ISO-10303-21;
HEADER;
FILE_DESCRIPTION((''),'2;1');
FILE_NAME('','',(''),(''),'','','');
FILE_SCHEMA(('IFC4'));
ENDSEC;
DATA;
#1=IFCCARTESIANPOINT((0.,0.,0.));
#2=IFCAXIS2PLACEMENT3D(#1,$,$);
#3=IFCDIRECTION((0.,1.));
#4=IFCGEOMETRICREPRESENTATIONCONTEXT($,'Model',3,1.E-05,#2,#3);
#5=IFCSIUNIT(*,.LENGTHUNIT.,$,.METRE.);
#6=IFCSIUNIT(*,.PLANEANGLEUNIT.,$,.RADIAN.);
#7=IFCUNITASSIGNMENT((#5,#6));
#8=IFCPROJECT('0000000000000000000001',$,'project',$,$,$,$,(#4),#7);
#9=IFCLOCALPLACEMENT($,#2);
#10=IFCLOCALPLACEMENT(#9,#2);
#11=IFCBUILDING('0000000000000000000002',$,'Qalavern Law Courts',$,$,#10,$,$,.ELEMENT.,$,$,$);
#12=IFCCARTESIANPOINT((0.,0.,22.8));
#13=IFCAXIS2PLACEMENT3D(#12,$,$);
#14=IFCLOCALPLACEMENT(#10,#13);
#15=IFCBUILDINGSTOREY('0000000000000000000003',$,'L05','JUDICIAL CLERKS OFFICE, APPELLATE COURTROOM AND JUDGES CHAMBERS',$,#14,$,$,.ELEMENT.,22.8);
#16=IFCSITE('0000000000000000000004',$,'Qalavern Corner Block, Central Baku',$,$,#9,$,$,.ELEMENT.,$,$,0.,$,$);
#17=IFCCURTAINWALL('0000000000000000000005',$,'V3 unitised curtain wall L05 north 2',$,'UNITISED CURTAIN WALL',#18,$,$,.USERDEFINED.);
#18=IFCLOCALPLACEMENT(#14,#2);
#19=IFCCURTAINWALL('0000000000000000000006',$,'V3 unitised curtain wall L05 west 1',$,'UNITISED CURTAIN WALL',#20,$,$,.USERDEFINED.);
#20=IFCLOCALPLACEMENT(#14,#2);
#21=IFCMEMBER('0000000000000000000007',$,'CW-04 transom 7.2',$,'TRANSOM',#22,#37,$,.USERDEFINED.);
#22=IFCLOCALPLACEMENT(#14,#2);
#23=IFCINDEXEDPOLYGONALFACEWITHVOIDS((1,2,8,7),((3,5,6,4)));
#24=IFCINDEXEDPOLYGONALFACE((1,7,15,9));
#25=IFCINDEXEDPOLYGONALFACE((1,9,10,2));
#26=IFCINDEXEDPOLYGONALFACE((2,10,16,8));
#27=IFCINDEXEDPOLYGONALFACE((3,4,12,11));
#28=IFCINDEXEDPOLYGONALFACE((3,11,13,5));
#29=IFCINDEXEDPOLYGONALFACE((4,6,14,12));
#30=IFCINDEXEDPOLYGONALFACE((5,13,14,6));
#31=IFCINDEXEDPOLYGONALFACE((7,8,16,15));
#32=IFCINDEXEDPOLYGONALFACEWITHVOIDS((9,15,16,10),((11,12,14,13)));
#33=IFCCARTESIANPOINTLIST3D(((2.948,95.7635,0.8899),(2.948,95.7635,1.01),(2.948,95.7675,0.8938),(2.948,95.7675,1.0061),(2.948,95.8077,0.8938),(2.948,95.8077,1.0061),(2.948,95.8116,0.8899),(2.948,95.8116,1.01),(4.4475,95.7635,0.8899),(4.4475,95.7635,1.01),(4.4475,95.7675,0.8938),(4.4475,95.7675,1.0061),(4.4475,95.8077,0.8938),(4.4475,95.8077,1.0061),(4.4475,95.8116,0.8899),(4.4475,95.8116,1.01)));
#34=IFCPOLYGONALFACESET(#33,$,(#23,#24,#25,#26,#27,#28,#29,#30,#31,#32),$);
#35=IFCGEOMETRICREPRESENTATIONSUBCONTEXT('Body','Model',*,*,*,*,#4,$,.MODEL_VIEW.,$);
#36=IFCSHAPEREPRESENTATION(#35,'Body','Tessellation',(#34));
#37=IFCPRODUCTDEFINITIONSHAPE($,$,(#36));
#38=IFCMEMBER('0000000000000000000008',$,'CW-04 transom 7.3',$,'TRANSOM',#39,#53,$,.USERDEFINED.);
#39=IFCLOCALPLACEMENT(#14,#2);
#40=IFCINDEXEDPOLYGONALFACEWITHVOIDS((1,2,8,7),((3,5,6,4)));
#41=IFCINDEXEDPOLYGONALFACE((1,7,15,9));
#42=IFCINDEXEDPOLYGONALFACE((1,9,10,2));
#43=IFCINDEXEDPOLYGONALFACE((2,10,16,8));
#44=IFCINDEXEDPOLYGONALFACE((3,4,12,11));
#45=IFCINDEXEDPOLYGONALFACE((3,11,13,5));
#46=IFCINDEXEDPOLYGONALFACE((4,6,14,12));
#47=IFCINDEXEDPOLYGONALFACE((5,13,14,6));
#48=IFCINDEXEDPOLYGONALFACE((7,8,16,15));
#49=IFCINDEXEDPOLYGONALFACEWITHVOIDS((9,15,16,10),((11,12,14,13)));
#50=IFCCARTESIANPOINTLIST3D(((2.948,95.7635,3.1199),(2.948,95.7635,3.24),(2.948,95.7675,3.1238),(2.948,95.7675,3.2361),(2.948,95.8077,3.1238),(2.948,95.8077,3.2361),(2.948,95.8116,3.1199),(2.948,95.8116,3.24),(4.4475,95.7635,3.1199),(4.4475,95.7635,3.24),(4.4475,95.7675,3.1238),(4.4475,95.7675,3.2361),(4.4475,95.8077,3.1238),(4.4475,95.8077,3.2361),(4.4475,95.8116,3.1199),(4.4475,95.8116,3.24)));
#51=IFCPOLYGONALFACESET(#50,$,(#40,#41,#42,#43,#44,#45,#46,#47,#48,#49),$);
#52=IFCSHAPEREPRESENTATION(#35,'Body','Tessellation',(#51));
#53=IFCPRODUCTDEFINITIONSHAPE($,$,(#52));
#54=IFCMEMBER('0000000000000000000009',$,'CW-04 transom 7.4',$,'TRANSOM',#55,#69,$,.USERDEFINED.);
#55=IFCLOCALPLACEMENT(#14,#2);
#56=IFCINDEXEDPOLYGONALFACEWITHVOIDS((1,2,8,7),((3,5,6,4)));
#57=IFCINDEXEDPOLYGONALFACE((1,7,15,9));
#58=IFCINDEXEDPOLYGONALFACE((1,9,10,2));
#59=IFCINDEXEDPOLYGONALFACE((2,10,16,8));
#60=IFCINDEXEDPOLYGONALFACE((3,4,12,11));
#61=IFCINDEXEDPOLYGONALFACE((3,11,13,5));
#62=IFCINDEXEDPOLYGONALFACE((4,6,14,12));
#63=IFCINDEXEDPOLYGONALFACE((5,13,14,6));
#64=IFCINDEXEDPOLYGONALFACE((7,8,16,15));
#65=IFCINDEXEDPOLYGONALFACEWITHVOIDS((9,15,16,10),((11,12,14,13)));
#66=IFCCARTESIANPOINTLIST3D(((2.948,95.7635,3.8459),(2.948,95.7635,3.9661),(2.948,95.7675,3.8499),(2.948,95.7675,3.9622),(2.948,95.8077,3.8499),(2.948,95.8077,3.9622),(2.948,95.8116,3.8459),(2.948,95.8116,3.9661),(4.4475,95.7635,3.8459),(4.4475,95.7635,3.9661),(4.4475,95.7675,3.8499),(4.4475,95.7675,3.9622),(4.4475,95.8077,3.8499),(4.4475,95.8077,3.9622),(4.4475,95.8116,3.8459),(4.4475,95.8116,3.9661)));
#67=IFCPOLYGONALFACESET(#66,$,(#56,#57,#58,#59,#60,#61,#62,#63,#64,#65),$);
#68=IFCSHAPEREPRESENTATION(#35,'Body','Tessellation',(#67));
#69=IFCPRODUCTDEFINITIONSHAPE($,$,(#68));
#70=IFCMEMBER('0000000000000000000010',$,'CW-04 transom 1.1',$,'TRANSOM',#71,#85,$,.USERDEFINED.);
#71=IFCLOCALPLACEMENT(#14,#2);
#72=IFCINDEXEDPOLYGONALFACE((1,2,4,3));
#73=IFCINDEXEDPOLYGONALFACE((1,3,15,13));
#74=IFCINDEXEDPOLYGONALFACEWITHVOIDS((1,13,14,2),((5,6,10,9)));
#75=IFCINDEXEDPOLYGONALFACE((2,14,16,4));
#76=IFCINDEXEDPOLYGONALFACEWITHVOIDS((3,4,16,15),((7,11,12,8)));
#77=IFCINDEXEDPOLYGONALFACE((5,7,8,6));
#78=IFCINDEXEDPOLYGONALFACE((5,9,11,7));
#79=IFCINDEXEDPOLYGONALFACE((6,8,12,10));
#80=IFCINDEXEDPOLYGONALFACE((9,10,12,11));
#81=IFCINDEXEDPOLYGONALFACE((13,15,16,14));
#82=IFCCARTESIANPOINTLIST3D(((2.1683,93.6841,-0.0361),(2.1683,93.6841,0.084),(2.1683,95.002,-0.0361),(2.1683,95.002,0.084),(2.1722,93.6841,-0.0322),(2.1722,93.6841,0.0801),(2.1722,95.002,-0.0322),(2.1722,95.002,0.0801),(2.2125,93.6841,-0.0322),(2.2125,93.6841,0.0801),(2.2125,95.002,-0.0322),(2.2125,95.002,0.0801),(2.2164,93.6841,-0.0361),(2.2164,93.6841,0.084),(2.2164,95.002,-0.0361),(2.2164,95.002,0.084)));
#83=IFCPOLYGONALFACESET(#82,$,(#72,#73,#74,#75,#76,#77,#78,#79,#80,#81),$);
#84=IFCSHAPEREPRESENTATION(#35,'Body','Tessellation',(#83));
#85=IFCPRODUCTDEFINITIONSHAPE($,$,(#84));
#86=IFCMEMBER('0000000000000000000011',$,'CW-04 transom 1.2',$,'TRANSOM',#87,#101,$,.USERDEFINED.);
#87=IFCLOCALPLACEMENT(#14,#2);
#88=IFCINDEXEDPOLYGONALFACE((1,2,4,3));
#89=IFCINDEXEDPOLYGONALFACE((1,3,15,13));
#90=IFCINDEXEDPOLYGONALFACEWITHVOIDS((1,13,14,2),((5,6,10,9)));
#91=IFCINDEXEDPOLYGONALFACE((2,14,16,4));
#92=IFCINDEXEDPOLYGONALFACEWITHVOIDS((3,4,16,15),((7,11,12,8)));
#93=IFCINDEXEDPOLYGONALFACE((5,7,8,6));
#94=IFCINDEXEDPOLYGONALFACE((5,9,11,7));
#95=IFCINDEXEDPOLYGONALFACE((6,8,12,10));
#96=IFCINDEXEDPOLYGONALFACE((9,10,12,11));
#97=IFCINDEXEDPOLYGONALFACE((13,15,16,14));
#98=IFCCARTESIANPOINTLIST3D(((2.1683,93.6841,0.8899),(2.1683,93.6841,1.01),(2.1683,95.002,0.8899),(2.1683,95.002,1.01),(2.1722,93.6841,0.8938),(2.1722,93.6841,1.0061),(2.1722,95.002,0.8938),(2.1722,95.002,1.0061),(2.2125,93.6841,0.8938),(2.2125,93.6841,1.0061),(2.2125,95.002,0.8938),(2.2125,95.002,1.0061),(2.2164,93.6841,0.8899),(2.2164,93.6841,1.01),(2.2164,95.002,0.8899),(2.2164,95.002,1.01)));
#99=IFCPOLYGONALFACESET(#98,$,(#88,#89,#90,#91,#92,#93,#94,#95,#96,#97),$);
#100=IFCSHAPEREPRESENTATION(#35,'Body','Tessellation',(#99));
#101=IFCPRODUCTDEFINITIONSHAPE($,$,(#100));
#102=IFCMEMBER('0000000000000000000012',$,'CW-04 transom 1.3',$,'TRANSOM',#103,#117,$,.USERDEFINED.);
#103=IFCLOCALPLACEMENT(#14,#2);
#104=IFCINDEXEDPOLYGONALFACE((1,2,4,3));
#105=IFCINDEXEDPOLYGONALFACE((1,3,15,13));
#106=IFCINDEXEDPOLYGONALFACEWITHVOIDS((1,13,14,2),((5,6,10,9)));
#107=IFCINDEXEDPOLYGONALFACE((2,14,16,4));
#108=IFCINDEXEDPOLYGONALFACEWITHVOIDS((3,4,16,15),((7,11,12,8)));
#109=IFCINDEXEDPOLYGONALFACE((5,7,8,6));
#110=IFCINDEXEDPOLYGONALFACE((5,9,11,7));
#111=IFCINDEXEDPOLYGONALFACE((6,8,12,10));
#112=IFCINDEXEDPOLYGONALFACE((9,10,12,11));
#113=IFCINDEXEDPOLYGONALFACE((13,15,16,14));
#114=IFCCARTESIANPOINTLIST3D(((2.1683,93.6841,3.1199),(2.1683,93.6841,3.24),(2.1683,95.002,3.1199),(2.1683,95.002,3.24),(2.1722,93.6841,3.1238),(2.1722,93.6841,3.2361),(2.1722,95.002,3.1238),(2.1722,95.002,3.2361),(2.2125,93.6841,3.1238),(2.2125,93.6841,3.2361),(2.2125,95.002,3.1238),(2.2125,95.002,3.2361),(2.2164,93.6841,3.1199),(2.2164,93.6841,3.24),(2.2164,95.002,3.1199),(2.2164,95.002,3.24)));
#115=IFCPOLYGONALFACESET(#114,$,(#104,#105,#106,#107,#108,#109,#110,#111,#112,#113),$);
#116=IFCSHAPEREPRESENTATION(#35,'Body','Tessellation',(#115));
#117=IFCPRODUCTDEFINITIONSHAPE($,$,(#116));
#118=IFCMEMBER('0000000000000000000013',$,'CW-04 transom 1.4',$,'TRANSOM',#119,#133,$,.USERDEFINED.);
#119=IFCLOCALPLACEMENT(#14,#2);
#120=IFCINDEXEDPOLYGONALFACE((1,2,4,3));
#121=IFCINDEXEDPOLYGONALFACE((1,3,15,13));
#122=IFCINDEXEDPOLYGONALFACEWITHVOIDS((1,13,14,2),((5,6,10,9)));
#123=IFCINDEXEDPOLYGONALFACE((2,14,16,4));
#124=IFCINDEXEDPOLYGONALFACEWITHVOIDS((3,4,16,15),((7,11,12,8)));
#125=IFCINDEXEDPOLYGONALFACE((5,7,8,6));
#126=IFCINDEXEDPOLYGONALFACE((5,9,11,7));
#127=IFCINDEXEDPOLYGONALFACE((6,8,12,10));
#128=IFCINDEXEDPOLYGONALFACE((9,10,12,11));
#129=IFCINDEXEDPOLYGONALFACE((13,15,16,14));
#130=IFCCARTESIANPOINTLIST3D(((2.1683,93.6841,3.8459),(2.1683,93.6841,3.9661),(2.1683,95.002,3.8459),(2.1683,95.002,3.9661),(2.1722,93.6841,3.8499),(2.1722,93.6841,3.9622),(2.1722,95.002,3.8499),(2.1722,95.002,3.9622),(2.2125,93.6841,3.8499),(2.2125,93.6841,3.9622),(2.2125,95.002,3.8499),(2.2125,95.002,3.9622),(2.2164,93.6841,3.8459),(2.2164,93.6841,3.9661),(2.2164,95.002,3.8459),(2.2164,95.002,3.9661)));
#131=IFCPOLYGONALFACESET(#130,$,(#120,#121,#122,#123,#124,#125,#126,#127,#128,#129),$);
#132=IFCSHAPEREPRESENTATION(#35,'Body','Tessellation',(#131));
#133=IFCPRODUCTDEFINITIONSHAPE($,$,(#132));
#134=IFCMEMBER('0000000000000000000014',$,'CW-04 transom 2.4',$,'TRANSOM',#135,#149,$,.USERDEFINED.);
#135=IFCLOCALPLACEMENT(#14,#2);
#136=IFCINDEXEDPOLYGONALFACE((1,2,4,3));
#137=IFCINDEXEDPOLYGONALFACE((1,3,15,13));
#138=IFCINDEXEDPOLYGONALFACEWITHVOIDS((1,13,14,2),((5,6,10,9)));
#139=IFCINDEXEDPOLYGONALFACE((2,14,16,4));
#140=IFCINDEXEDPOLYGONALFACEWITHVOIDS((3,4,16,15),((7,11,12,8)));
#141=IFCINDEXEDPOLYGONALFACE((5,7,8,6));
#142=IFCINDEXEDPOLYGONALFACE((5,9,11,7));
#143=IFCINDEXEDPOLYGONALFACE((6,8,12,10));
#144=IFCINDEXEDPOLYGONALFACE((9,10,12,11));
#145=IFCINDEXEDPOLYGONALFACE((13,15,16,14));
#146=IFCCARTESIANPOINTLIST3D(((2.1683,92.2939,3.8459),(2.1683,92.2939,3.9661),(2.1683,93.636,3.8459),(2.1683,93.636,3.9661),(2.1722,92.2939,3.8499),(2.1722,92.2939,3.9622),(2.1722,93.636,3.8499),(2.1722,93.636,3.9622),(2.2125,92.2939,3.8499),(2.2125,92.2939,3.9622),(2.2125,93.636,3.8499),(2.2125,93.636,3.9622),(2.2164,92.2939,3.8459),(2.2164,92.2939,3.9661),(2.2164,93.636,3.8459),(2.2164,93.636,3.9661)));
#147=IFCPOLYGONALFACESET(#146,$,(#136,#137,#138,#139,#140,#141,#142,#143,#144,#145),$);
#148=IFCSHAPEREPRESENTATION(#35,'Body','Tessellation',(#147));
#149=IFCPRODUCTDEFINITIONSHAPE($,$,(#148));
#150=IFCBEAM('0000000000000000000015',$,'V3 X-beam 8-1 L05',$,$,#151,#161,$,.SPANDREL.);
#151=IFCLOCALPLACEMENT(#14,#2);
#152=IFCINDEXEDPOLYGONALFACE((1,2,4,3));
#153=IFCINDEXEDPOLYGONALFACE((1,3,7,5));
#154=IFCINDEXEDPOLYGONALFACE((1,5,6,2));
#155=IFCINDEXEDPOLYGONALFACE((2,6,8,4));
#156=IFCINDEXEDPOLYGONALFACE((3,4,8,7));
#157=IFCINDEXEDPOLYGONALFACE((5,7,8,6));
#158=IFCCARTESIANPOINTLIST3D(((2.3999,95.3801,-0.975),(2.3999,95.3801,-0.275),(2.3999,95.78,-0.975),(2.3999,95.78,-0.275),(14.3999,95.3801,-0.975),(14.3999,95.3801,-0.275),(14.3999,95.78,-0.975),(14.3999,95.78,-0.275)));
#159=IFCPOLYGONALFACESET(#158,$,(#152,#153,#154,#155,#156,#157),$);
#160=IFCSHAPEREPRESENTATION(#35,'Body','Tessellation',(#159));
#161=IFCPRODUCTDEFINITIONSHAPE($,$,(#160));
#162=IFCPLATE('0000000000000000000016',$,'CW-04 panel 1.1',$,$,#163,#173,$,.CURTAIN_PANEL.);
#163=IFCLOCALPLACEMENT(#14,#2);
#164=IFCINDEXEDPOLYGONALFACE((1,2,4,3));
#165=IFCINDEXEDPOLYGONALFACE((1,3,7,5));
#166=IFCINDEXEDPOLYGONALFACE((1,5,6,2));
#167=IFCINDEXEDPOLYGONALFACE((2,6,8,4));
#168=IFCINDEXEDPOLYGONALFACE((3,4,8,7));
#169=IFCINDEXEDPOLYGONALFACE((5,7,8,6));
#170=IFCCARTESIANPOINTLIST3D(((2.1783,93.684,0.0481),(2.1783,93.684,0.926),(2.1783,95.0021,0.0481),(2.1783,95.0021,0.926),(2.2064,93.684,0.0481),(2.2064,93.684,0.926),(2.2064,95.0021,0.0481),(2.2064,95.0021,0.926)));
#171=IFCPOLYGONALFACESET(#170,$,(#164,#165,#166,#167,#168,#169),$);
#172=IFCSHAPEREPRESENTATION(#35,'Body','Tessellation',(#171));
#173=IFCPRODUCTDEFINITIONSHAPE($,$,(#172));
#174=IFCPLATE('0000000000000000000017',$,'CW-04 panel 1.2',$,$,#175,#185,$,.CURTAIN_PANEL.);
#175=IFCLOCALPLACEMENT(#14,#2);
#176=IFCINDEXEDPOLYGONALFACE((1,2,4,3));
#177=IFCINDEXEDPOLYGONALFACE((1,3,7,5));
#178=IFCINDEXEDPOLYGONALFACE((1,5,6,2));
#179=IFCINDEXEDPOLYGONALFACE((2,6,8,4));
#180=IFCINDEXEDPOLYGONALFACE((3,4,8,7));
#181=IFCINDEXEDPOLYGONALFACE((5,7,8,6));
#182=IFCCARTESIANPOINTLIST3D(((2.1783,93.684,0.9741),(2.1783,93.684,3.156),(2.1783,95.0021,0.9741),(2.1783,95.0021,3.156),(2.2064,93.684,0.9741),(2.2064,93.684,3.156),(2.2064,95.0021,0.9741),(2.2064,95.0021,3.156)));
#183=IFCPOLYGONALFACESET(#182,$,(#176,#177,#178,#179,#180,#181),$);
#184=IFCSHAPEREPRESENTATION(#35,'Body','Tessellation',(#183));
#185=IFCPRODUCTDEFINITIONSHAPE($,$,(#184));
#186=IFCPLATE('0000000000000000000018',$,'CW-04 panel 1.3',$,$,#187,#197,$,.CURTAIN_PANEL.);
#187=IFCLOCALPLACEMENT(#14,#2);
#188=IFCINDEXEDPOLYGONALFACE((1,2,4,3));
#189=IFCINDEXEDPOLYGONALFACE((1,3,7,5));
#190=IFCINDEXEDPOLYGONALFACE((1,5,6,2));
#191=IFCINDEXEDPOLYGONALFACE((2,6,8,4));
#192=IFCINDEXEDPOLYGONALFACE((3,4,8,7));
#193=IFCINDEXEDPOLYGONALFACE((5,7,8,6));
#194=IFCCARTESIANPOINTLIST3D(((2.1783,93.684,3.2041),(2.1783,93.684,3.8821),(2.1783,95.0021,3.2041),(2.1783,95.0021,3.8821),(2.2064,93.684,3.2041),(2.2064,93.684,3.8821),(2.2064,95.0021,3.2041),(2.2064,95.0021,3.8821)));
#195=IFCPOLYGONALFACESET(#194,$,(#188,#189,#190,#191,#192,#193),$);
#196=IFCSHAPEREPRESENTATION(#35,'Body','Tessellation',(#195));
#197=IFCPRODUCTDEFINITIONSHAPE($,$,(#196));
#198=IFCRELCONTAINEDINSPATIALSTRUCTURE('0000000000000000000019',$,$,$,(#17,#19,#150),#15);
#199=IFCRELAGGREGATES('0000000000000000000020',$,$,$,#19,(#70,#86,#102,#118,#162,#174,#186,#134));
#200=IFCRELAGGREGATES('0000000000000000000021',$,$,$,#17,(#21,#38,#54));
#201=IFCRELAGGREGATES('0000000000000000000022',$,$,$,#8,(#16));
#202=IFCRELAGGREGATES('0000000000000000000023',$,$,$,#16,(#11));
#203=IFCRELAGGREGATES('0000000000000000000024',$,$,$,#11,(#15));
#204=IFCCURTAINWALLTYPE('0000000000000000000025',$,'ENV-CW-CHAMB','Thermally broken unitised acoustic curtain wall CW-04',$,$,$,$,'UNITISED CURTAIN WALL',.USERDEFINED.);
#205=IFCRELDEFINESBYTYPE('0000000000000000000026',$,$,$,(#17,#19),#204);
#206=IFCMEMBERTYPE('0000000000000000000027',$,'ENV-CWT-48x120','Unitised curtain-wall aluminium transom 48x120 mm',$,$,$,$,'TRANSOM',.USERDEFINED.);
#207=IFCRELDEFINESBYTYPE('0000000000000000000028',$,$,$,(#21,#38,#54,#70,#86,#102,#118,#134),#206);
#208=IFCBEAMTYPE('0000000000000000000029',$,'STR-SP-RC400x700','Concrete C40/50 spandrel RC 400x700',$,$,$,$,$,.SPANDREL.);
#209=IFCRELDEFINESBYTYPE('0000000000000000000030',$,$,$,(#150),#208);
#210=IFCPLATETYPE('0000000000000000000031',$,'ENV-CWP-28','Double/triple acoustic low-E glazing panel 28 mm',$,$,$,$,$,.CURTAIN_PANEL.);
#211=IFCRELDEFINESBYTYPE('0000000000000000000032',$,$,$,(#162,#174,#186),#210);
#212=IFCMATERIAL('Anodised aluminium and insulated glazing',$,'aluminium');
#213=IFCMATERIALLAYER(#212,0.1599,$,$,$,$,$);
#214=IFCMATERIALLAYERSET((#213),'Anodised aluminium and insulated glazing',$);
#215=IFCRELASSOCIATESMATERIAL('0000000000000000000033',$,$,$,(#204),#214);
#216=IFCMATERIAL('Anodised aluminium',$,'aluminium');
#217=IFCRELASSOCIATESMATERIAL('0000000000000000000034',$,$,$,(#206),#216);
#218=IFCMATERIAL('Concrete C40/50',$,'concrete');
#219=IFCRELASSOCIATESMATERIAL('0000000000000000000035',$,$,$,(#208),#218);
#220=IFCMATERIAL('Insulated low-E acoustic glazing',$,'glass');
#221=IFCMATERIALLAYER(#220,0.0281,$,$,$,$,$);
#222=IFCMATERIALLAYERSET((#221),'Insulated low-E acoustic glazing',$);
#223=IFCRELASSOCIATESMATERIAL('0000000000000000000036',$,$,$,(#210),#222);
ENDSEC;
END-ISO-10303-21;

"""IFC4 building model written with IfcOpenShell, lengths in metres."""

from ifc_helpers import new_model, si_unit, direction, frame, origin, origin_2d, place, context, subcontext, project, spatial, rectangle, hollow_rectangle, extrude, material, layer, layer_set, material_profile, profile_set, type_object, element, aggregate, save


model = new_model("IFC4")

# Units and contexts
model_context = context("Model", 3, precision=1e-05, world=origin(), true_north=direction((0.0, 1.0)))
body_context = subcontext(model_context, "Body", "Model", "MODEL_VIEW")
ifc_project = project(units=[si_unit("LENGTHUNIT", "METRE"), si_unit("PLANEANGLEUNIT", "RADIAN")], contexts=[model_context])

# Site, building, storey
site_placement = place(None, origin())
site = spatial("IfcSite", under=ifc_project, at=site_placement, Name="Qalavern Corner Block, Central Baku", CompositionType="ELEMENT", RefElevation=0.0)
building_placement = place(site_placement, origin())
building = spatial("IfcBuilding", under=site, at=building_placement, Name="Qalavern Law Courts", CompositionType="ELEMENT")
storey_placement = place(building_placement, frame((0.0, 0.0, 22.8)))
storey = spatial("IfcBuildingStorey", under=building, at=storey_placement, Name="L05", Description="JUDICIAL CLERKS OFFICE, APPELLATE COURTROOM AND JUDGES CHAMBERS", CompositionType="ELEMENT", Elevation=22.8)

# Curtain walls
ifc_material_1 = material(Name="Anodised aluminium and insulated glazing", Category="aluminium")
ifc_layer_1 = layer(ifc_material_1, 0.1599)
ifc_layer_set_1 = layer_set([ifc_layer_1], Name="Anodised aluminium and insulated glazing")
curtain_wall_type = type_object("IfcCurtainWallType", Name="ENV-CW-CHAMB", Description="Thermally broken unitised acoustic curtain wall CW-04", ElementType="UNITISED CURTAIN WALL", PredefinedType="USERDEFINED", material=ifc_layer_set_1)
curtain_wall_1_placement = place(storey_placement, origin())
curtain_wall_1 = element("IfcCurtainWall", 1, at=curtain_wall_1_placement, inside=storey, type_object=curtain_wall_type, Name="V3 unitised curtain wall L05 north 2", ObjectType="UNITISED CURTAIN WALL", PredefinedType="USERDEFINED")
ifc_material_2 = material(Name="Anodised aluminium", Category="aluminium")
curtain_wall_2_placement = place(storey_placement, origin())
curtain_wall_2 = element("IfcCurtainWall", 2, at=curtain_wall_2_placement, inside=storey, type_object=curtain_wall_type, Name="V3 unitised curtain wall L05 west 1", ObjectType="UNITISED CURTAIN WALL", PredefinedType="USERDEFINED")

# Members
ifc_material_profile_1 = material_profile(ifc_material_2, hollow_rectangle(XDim=0.0481, YDim=0.1201, WallThickness=0.0039, at=origin_2d()), Name="ALU TRANSOM 48x120")
ifc_profile_set_1 = profile_set([ifc_material_profile_1], Name="Anodised aluminium")
member_type_1 = type_object("IfcMemberType", Name="ENV-CWT-48x120", Description="Unitised curtain-wall aluminium transom 48x120 mm", ElementType="TRANSOM", PredefinedType="USERDEFINED", material=ifc_profile_set_1)
member_1_placement = place(storey_placement, frame((4.4475, 95.7876, 0.95), z_axis=(-1.0, 0.0, 0.0), x_axis=(0.0, -1.0, 0.0)))
member_1 = element("IfcMember", 3, at=member_1_placement, type_object=member_type_1, Name="CW-04 transom 7.2", ObjectType="TRANSOM", PredefinedType="USERDEFINED", context=body_context, shape_type="SweptSolid", body=[
    extrude(hollow_rectangle(XDim=0.0481, YDim=0.1201, WallThickness=0.0039, at=origin_2d()), origin(), (0.0, 0.0, 1.0), 1.4995),
])
member_2_placement = place(storey_placement, frame((4.4475, 95.7876, 3.1799), z_axis=(-1.0, 0.0, 0.0), x_axis=(0.0, -1.0, 0.0)))
member_2 = element("IfcMember", 4, at=member_2_placement, type_object=member_type_1, Name="CW-04 transom 7.3", ObjectType="TRANSOM", PredefinedType="USERDEFINED", context=body_context, shape_type="SweptSolid", body=[
    extrude(hollow_rectangle(XDim=0.0481, YDim=0.1201, WallThickness=0.0039, at=origin_2d()), origin(), (0.0, 0.0, 1.0), 1.4995),
])
member_3_placement = place(storey_placement, frame((4.4475, 95.7876, 3.906), z_axis=(-1.0, 0.0, 0.0), x_axis=(0.0, -1.0, 0.0)))
member_3 = element("IfcMember", 5, at=member_3_placement, type_object=member_type_1, Name="CW-04 transom 7.4", ObjectType="TRANSOM", PredefinedType="USERDEFINED", context=body_context, shape_type="SweptSolid", body=[
    extrude(hollow_rectangle(XDim=0.0481, YDim=0.1201, WallThickness=0.0039, at=origin_2d()), origin(), (0.0, 0.0, 1.0), 1.4995),
])
member_4_placement = place(storey_placement, frame((2.1924, 95.002, 0.0239), z_axis=(0.0, -1.0, 0.0), x_axis=(1.0, 0.0, 0.0)))
member_4 = element("IfcMember", 6, at=member_4_placement, type_object=member_type_1, Name="CW-04 transom 1.1", ObjectType="TRANSOM", PredefinedType="USERDEFINED", context=body_context, shape_type="SweptSolid", body=[
    extrude(hollow_rectangle(XDim=0.0481, YDim=0.1201, WallThickness=0.0039, at=origin_2d()), origin(), (0.0, 0.0, 1.0), 1.3179),
])
member_5_placement = place(storey_placement, frame((2.1924, 95.002, 0.95), z_axis=(0.0, -1.0, 0.0), x_axis=(1.0, 0.0, 0.0)))
member_5 = element("IfcMember", 7, at=member_5_placement, type_object=member_type_1, Name="CW-04 transom 1.2", ObjectType="TRANSOM", PredefinedType="USERDEFINED", context=body_context, shape_type="SweptSolid", body=[
    extrude(hollow_rectangle(XDim=0.0481, YDim=0.1201, WallThickness=0.0039, at=origin_2d()), origin(), (0.0, 0.0, 1.0), 1.3179),
])
member_6_placement = place(storey_placement, frame((2.1924, 95.002, 3.1799), z_axis=(0.0, -1.0, 0.0), x_axis=(1.0, 0.0, 0.0)))
member_6 = element("IfcMember", 8, at=member_6_placement, type_object=member_type_1, Name="CW-04 transom 1.3", ObjectType="TRANSOM", PredefinedType="USERDEFINED", context=body_context, shape_type="SweptSolid", body=[
    extrude(hollow_rectangle(XDim=0.0481, YDim=0.1201, WallThickness=0.0039, at=origin_2d()), origin(), (0.0, 0.0, 1.0), 1.3179),
])
member_7_placement = place(storey_placement, frame((2.1924, 95.002, 3.906), z_axis=(0.0, -1.0, 0.0), x_axis=(1.0, 0.0, 0.0)))
member_7 = element("IfcMember", 9, at=member_7_placement, type_object=member_type_1, Name="CW-04 transom 1.4", ObjectType="TRANSOM", PredefinedType="USERDEFINED", context=body_context, shape_type="SweptSolid", body=[
    extrude(hollow_rectangle(XDim=0.0481, YDim=0.1201, WallThickness=0.0039, at=origin_2d()), origin(), (0.0, 0.0, 1.0), 1.3179),
])
member_8_placement = place(storey_placement, frame((2.1924, 93.636, 3.906), z_axis=(0.0, -1.0, 0.0), x_axis=(1.0, 0.0, 0.0)))
member_8 = element("IfcMember", 10, at=member_8_placement, type_object=member_type_1, Name="CW-04 transom 2.4", ObjectType="TRANSOM", PredefinedType="USERDEFINED", context=body_context, shape_type="SweptSolid", body=[
    extrude(hollow_rectangle(XDim=0.0481, YDim=0.1201, WallThickness=0.0039, at=origin_2d()), origin(), (0.0, 0.0, 1.0), 1.342),
])

# Beam
ifc_material_3 = material(Name="Concrete C40/50", Category="concrete")
ifc_material_profile_2 = material_profile(ifc_material_3, rectangle(XDim=0.3999, YDim=0.7, at=origin_2d()), Name="RC 400x700")
ifc_profile_set_2 = profile_set([ifc_material_profile_2], Name="Concrete C40/50")
beam_type = type_object("IfcBeamType", Name="STR-SP-RC400x700", Description="Concrete C40/50 spandrel RC 400x700", PredefinedType="SPANDREL", material=ifc_profile_set_2)
beam_placement = place(storey_placement, frame((2.3999, 95.5801, -0.625), z_axis=(1.0, 0.0, 0.0), x_axis=(0.0, 1.0, 0.0)))
element("IfcBeam", 11, at=beam_placement, inside=storey, type_object=beam_type, Name="V3 X-beam 8-1 L05", PredefinedType="SPANDREL", context=body_context, shape_type="SweptSolid", body=[
    extrude(rectangle(XDim=0.3999, YDim=0.7, at=origin_2d()), origin(), (0.0, 0.0, 1.0), 12.0),
])

# Plates
ifc_material_4 = material(Name="Insulated low-E acoustic glazing", Category="glass")
ifc_layer_2 = layer(ifc_material_4, 0.0281)
ifc_layer_set_2 = layer_set([ifc_layer_2], Name="Insulated low-E acoustic glazing")
plate_type_1 = type_object("IfcPlateType", Name="ENV-CWP-28", Description="Double/triple acoustic low-E glazing panel 28 mm", PredefinedType="CURTAIN_PANEL", material=ifc_layer_set_2)
plate_1_placement = place(storey_placement, frame((2.1924, 94.343, 0.0481), z_axis=(0.0, 0.0, 1.0), x_axis=(0.0, -1.0, 0.0)))
plate_1 = element("IfcPlate", 12, at=plate_1_placement, type_object=plate_type_1, Name="CW-04 panel 1.1", PredefinedType="CURTAIN_PANEL", context=body_context, shape_type="SweptSolid", body=[
    extrude(rectangle(XDim=1.3181, YDim=0.0281, at=origin_2d()), origin(), (0.0, 0.0, 1.0), 0.8779),
])
plate_2_placement = place(storey_placement, frame((2.1924, 94.343, 0.9741), z_axis=(0.0, 0.0, 1.0), x_axis=(0.0, -1.0, 0.0)))
plate_2 = element("IfcPlate", 13, at=plate_2_placement, type_object=plate_type_1, Name="CW-04 panel 1.2", PredefinedType="CURTAIN_PANEL", context=body_context, shape_type="SweptSolid", body=[
    extrude(rectangle(XDim=1.3181, YDim=0.0281, at=origin_2d()), origin(), (0.0, 0.0, 1.0), 2.1819),
])
plate_3_placement = place(storey_placement, frame((2.1924, 94.343, 3.2041), z_axis=(0.0, 0.0, 1.0), x_axis=(0.0, -1.0, 0.0)))
plate_3 = element("IfcPlate", 14, at=plate_3_placement, type_object=plate_type_1, Name="CW-04 panel 1.3", PredefinedType="CURTAIN_PANEL", context=body_context, shape_type="SweptSolid", body=[
    extrude(rectangle(XDim=1.3181, YDim=0.0281, at=origin_2d()), origin(), (0.0, 0.0, 1.0), 0.678),
])
aggregate(curtain_wall_2, [member_4, member_5, member_6, member_7, plate_1, plate_2, plate_3, member_8])
aggregate(curtain_wall_1, [member_1, member_2, member_3])

save(model, "model.ifc")
